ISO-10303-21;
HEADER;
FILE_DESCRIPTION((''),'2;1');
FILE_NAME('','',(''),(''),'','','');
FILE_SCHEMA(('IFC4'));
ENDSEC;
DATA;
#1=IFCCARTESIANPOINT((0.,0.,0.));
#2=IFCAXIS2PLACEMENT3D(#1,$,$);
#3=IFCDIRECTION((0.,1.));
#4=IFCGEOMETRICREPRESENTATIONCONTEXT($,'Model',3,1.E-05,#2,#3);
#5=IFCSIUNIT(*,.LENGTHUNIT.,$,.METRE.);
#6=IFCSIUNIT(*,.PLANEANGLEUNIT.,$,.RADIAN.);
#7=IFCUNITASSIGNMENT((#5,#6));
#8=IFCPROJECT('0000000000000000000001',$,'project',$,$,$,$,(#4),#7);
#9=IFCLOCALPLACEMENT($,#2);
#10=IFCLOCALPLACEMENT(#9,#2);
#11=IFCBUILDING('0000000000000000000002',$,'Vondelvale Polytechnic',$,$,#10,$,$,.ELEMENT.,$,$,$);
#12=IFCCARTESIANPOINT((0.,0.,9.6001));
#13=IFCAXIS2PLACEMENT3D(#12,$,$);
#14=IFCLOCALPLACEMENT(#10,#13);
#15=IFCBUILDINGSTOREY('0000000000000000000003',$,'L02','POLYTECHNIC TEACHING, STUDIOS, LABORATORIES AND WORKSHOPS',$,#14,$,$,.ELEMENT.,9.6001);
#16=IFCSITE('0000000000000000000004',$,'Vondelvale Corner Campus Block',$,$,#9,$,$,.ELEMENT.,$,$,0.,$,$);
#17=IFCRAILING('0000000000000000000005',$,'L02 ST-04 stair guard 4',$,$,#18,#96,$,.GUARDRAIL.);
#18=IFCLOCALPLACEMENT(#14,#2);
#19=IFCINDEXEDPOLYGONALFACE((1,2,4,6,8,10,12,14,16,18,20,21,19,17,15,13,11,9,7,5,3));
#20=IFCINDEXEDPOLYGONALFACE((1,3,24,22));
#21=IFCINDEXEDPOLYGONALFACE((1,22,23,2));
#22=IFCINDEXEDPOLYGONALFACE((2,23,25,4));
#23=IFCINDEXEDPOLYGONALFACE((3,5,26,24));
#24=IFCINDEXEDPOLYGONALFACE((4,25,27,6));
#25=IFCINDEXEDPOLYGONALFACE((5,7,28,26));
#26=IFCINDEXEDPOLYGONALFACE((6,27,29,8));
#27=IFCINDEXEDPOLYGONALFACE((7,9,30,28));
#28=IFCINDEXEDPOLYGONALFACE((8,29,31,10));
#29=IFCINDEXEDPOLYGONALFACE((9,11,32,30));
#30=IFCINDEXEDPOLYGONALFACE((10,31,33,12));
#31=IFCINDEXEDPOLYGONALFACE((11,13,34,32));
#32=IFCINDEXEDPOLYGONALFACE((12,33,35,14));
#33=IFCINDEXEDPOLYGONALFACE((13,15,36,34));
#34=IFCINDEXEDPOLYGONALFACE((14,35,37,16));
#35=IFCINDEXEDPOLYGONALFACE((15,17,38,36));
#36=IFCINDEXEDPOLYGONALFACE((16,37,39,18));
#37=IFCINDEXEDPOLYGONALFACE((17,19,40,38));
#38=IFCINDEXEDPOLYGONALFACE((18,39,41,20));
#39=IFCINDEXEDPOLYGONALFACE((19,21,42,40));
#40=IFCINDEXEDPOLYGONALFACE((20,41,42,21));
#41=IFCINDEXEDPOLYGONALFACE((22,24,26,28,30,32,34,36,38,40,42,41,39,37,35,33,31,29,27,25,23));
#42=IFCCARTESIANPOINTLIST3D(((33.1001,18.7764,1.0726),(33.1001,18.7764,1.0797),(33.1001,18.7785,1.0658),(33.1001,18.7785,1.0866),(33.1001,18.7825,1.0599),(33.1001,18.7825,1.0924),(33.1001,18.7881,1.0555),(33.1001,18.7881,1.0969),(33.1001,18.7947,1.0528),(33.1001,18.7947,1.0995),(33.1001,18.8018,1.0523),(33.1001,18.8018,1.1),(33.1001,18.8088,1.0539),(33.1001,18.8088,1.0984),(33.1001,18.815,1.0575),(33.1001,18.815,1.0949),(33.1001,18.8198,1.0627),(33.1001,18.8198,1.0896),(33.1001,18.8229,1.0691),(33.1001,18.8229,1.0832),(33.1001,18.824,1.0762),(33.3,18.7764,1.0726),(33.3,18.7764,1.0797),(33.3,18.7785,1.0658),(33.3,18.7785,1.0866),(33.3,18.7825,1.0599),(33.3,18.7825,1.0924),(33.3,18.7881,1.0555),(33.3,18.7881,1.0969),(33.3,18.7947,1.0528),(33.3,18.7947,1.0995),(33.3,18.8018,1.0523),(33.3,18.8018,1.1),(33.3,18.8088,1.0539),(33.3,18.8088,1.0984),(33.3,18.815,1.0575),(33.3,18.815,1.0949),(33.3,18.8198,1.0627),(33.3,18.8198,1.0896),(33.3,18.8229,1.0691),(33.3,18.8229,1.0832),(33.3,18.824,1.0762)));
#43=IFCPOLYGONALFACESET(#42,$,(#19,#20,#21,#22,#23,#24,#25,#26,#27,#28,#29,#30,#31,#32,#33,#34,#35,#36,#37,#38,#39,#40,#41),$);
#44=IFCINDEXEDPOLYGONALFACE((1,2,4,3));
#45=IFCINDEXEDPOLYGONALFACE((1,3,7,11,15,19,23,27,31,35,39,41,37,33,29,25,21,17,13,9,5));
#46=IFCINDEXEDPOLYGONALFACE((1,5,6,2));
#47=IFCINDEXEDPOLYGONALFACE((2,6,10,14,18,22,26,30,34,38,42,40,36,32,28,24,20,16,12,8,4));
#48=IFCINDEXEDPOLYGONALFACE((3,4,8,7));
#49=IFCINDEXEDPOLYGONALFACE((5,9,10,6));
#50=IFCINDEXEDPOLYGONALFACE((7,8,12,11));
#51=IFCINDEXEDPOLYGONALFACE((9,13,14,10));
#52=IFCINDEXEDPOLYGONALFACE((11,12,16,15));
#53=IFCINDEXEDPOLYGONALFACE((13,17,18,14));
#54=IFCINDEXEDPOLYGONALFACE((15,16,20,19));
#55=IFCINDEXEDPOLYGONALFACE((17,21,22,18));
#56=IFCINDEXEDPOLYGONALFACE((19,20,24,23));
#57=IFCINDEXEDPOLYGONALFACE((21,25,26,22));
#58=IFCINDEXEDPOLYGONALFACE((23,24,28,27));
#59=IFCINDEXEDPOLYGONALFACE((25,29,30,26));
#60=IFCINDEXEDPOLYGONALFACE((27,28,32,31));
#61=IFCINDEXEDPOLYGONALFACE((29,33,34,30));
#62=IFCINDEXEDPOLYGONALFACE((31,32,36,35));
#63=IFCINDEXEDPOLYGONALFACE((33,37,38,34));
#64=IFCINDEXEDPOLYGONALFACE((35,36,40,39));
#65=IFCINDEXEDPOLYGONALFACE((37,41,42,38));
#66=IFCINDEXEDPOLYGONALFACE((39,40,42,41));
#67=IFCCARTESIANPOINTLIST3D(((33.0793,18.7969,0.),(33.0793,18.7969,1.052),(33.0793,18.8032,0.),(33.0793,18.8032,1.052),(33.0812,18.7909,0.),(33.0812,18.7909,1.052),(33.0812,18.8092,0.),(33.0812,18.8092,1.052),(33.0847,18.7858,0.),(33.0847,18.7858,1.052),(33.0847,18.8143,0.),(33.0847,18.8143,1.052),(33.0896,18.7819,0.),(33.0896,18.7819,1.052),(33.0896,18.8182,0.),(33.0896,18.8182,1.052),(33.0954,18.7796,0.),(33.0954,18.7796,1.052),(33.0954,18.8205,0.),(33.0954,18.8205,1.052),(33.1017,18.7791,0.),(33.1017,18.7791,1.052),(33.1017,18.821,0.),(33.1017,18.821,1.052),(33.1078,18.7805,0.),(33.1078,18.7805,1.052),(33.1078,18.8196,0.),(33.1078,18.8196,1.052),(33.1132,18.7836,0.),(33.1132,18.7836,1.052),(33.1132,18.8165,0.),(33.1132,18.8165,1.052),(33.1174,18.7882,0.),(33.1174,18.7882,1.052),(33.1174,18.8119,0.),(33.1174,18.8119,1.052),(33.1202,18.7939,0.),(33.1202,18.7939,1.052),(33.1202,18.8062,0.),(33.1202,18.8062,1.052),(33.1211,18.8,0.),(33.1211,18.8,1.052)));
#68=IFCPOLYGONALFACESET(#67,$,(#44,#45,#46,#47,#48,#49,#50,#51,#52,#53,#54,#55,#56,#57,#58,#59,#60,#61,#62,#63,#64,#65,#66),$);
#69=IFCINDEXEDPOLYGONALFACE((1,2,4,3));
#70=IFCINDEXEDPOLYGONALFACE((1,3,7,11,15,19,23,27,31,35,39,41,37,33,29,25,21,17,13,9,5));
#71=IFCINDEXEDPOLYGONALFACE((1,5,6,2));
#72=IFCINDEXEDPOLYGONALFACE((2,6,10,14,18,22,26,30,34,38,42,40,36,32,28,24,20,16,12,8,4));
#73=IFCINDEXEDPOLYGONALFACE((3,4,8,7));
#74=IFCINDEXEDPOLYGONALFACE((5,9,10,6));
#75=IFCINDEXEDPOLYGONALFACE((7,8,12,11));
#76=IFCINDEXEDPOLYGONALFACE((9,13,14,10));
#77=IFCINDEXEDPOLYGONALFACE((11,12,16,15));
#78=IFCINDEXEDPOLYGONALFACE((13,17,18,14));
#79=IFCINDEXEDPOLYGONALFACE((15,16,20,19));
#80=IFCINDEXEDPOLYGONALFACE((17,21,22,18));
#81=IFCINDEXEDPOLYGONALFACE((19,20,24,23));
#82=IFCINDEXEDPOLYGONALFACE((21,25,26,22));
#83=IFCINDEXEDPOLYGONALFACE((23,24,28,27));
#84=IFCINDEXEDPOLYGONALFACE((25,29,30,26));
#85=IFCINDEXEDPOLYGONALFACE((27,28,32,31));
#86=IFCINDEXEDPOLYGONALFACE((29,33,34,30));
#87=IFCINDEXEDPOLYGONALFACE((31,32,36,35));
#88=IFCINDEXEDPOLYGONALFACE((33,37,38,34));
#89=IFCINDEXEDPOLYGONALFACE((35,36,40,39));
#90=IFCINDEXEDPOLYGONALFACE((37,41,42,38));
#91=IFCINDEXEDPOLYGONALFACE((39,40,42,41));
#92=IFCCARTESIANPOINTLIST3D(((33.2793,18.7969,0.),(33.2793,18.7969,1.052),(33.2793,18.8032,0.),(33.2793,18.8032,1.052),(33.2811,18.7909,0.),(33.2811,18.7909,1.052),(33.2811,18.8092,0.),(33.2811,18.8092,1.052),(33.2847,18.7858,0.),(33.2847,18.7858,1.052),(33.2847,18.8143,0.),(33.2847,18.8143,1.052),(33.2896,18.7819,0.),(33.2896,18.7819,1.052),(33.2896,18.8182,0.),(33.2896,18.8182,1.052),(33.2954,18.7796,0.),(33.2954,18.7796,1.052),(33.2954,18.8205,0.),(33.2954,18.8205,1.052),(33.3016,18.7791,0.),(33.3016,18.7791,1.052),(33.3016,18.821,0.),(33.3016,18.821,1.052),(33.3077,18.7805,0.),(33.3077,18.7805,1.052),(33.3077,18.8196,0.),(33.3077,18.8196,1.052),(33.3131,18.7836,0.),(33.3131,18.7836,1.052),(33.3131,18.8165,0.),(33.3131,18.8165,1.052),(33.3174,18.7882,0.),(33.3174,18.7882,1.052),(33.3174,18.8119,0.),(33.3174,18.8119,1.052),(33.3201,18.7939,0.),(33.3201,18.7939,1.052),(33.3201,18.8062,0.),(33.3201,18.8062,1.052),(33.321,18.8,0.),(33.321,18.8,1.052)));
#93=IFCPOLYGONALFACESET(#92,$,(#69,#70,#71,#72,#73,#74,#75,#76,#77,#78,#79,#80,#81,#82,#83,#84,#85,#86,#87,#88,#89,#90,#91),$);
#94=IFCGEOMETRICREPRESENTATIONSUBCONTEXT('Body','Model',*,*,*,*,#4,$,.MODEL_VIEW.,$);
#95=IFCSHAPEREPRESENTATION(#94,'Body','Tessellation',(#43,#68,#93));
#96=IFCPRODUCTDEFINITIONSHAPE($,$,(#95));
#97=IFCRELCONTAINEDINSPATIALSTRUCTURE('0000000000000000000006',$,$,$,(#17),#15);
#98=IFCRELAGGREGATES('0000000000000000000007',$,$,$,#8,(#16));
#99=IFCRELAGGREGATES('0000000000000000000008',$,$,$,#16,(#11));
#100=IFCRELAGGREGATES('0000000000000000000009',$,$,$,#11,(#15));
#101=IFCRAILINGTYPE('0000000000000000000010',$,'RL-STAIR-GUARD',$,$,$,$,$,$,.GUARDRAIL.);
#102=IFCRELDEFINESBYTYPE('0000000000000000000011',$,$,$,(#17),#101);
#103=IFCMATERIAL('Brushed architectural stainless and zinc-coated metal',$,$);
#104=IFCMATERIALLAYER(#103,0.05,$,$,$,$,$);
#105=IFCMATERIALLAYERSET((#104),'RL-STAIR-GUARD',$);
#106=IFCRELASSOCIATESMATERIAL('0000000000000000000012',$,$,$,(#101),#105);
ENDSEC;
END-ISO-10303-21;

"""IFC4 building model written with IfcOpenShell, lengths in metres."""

from ifc_helpers import new_model, si_unit, direction, frame, origin, origin_2d, place, context, subcontext, project, spatial, circle, extrude, material, layer, layer_set, type_object, element, save


model = new_model("IFC4")

# Units and contexts
model_context = context("Model", 3, precision=1e-05, world=origin(), true_north=direction((0.0, 1.0)))
body_context = subcontext(model_context, "Body", "Model", "MODEL_VIEW")
ifc_project = project(units=[si_unit("LENGTHUNIT", "METRE"), si_unit("PLANEANGLEUNIT", "RADIAN")], contexts=[model_context])

# Site, building, storey
site_placement = place(None, origin())
site = spatial("IfcSite", under=ifc_project, at=site_placement, Name="Vondelvale Corner Campus Block", CompositionType="ELEMENT", RefElevation=0.0)
building_placement = place(site_placement, origin())
building = spatial("IfcBuilding", under=site, at=building_placement, Name="Vondelvale Polytechnic", CompositionType="ELEMENT")
storey_placement = place(building_placement, frame((0.0, 0.0, 9.6001)))
storey = spatial("IfcBuildingStorey", under=building, at=storey_placement, Name="L02", Description="POLYTECHNIC TEACHING, STUDIOS, LABORATORIES AND WORKSHOPS", CompositionType="ELEMENT", Elevation=9.6001)

# Shared definitions
ifc_material_1 = material(Name="Brushed architectural stainless and zinc-coated metal")

# Railing
ifc_layer_1 = layer(ifc_material_1, 0.05)
ifc_layer_set_1 = layer_set([ifc_layer_1], Name="RL-STAIR-GUARD")
railing_type_1 = type_object("IfcRailingType", Name="RL-STAIR-GUARD", PredefinedType="GUARDRAIL", material=ifc_layer_set_1)
railing_1_placement = place(storey_placement, frame((33.1001, 18.8, 0.0)))
element("IfcRailing", 1, at=railing_1_placement, inside=storey, type_object=railing_type_1, Name="L02 ST-04 stair guard 4", PredefinedType="GUARDRAIL", context=body_context, shape_type="SweptSolid", body=[
    extrude(circle(Radius=0.0239, at=origin_2d()), frame((0.0, 0.0, 1.0762), z_axis=(1.0, 0.0, 0.0), x_axis=(0.0, 1.0, 0.0)), (0.0, 0.0, 1.0), 0.2),
    extrude(circle(Radius=0.021, at=origin_2d()), origin(), (0.0, 0.0, 1.0), 1.052),
    extrude(circle(Radius=0.021, at=origin_2d()), frame((0.2, 0.0, 0.0)), (0.0, 0.0, 1.0), 1.052),
])

save(model, "model.ifc")
